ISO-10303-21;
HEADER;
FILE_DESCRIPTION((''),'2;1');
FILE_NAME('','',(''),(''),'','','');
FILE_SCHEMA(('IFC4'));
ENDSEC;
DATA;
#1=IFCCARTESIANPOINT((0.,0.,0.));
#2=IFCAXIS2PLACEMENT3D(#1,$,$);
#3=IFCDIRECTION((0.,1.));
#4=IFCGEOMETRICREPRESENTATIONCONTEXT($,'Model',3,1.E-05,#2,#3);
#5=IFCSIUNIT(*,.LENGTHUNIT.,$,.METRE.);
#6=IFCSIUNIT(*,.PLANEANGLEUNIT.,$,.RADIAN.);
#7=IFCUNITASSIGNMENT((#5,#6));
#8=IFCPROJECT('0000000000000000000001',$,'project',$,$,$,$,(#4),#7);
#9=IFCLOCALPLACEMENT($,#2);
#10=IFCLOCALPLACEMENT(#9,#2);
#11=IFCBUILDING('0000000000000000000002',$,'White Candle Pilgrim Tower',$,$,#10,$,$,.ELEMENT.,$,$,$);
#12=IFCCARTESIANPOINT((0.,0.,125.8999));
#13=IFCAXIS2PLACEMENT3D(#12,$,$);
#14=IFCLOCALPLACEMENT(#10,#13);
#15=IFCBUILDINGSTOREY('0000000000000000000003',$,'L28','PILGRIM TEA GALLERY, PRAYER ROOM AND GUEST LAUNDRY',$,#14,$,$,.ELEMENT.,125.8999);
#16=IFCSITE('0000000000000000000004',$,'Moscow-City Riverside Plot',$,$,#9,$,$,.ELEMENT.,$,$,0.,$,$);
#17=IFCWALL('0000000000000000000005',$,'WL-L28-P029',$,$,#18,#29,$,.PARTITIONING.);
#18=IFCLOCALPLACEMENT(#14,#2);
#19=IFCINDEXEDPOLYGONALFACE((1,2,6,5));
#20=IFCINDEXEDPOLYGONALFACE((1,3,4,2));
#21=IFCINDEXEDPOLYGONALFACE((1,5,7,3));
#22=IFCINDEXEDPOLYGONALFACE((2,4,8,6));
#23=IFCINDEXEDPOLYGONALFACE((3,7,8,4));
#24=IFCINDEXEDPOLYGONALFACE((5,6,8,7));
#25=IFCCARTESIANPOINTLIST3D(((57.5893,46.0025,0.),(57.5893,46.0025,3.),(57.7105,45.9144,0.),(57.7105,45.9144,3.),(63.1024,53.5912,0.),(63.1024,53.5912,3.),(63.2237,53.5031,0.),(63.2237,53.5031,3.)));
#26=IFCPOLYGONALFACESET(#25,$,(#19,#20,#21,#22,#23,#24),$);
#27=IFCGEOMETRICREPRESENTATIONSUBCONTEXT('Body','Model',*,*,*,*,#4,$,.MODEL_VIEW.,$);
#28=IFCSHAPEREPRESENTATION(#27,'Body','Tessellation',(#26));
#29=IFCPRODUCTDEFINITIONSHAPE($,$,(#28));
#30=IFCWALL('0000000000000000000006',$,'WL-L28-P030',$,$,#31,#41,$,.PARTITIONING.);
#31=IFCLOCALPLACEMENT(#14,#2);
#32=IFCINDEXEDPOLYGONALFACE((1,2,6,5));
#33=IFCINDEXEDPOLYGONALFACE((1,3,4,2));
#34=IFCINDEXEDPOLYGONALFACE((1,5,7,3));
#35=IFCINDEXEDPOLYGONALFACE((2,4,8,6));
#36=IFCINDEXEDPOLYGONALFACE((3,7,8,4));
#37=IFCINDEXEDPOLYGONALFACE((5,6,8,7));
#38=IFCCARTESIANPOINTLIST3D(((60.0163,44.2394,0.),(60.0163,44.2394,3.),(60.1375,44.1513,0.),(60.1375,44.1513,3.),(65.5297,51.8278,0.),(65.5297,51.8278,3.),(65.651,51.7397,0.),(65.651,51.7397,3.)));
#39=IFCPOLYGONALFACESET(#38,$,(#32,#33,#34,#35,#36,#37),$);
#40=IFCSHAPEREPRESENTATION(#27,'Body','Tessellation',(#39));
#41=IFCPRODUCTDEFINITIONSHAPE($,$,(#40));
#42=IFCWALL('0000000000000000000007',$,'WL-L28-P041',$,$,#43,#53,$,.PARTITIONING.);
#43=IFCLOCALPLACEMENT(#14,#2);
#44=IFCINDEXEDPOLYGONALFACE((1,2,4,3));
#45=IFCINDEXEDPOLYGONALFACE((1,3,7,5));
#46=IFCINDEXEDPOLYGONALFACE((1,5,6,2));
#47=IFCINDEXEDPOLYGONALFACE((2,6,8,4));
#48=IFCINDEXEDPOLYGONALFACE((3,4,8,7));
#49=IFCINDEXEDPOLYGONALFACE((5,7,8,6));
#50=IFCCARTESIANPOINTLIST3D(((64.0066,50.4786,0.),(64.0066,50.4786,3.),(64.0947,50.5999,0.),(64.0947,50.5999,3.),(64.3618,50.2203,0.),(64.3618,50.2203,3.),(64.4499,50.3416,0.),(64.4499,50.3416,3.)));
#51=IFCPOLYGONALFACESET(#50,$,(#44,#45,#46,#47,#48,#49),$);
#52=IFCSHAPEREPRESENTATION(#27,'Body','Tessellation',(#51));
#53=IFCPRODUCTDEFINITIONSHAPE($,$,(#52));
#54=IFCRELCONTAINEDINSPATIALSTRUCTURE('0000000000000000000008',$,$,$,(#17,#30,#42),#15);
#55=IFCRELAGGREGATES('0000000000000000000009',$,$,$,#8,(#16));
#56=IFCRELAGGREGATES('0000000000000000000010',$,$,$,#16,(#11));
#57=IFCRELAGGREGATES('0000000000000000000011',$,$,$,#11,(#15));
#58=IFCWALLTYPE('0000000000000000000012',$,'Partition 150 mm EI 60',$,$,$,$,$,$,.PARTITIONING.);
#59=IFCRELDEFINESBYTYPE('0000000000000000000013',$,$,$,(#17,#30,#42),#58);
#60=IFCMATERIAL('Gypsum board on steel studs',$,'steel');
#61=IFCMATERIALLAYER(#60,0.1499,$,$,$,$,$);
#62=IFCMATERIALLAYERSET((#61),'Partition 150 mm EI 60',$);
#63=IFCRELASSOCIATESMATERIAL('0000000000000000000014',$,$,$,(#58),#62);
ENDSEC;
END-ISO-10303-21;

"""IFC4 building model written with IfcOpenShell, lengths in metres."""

from ifc_helpers import new_model, si_unit, direction, frame, frame_2d, origin, place, context, subcontext, project, spatial, rectangle, extrude, material, layer, layer_set, type_object, element, save


model = new_model("IFC4")

# Units and contexts
model_context = context("Model", 3, precision=1e-05, world=origin(), true_north=direction((0.0, 1.0)))
body_context = subcontext(model_context, "Body", "Model", "MODEL_VIEW")
ifc_project = project(units=[si_unit("LENGTHUNIT", "METRE"), si_unit("PLANEANGLEUNIT", "RADIAN")], contexts=[model_context])

# Site, building, storey
site_placement = place(None, origin())
site = spatial("IfcSite", under=ifc_project, at=site_placement, Name="Moscow-City Riverside Plot", CompositionType="ELEMENT", RefElevation=0.0)
building_placement = place(site_placement, origin())
building = spatial("IfcBuilding", under=site, at=building_placement, Name="White Candle Pilgrim Tower", CompositionType="ELEMENT")
storey_placement = place(building_placement, frame((0.0, 0.0, 125.8999)))
storey = spatial("IfcBuildingStorey", under=building, at=storey_placement, Name="L28", Description="PILGRIM TEA GALLERY, PRAYER ROOM AND GUEST LAUNDRY", CompositionType="ELEMENT", Elevation=125.8999)

# Walls
ifc_material_1 = material(Name="Gypsum board on steel studs", Category="steel")
ifc_layer_1 = layer(ifc_material_1, 0.1499)
ifc_layer_set_1 = layer_set([ifc_layer_1], Name="Partition 150 mm EI 60")
wall_type_1 = type_object("IfcWallType", Name="Partition 150 mm EI 60", PredefinedType="PARTITIONING", material=ifc_layer_set_1)
for number, where, z_axis, x_axis, name in (
    (1, (57.6499, 45.9585, 0.0), (0.0, 0.0, 1.0), (0.587766, 0.809031, 0.0), "WL-L28-P029"),
    (2, (60.0769, 44.1953, 0.0), (0.0, 0.0, 1.0), (0.587796, 0.80901, 0.0), "WL-L28-P030"),
):
    element("IfcWall", number, at=place(storey_placement, frame(where, z_axis=z_axis, x_axis=x_axis)), inside=storey, type_object=wall_type_1, Name=name, PredefinedType="PARTITIONING", context=body_context, shape_type="SweptSolid", body=[
        extrude(rectangle(XDim=9.3799, YDim=0.1499, at=frame_2d((4.6899, 0.0))), origin(), (0.0, 0.0, 1.0), 3.0),
    ])
wall_1_placement = place(storey_placement, frame((64.0505, 50.5393, 0.0), z_axis=(0.0, 0.0, 1.0), x_axis=(0.808784, -0.588106, 0.0)))
element("IfcWall", 3, at=wall_1_placement, inside=storey, type_object=wall_type_1, Name="WL-L28-P041", PredefinedType="PARTITIONING", context=body_context, shape_type="SweptSolid", body=[
    extrude(rectangle(XDim=0.4392, YDim=0.1499, at=frame_2d((0.2197, 0.0))), origin(), (0.0, 0.0, 1.0), 3.0),
])

save(model, "model.ifc")
